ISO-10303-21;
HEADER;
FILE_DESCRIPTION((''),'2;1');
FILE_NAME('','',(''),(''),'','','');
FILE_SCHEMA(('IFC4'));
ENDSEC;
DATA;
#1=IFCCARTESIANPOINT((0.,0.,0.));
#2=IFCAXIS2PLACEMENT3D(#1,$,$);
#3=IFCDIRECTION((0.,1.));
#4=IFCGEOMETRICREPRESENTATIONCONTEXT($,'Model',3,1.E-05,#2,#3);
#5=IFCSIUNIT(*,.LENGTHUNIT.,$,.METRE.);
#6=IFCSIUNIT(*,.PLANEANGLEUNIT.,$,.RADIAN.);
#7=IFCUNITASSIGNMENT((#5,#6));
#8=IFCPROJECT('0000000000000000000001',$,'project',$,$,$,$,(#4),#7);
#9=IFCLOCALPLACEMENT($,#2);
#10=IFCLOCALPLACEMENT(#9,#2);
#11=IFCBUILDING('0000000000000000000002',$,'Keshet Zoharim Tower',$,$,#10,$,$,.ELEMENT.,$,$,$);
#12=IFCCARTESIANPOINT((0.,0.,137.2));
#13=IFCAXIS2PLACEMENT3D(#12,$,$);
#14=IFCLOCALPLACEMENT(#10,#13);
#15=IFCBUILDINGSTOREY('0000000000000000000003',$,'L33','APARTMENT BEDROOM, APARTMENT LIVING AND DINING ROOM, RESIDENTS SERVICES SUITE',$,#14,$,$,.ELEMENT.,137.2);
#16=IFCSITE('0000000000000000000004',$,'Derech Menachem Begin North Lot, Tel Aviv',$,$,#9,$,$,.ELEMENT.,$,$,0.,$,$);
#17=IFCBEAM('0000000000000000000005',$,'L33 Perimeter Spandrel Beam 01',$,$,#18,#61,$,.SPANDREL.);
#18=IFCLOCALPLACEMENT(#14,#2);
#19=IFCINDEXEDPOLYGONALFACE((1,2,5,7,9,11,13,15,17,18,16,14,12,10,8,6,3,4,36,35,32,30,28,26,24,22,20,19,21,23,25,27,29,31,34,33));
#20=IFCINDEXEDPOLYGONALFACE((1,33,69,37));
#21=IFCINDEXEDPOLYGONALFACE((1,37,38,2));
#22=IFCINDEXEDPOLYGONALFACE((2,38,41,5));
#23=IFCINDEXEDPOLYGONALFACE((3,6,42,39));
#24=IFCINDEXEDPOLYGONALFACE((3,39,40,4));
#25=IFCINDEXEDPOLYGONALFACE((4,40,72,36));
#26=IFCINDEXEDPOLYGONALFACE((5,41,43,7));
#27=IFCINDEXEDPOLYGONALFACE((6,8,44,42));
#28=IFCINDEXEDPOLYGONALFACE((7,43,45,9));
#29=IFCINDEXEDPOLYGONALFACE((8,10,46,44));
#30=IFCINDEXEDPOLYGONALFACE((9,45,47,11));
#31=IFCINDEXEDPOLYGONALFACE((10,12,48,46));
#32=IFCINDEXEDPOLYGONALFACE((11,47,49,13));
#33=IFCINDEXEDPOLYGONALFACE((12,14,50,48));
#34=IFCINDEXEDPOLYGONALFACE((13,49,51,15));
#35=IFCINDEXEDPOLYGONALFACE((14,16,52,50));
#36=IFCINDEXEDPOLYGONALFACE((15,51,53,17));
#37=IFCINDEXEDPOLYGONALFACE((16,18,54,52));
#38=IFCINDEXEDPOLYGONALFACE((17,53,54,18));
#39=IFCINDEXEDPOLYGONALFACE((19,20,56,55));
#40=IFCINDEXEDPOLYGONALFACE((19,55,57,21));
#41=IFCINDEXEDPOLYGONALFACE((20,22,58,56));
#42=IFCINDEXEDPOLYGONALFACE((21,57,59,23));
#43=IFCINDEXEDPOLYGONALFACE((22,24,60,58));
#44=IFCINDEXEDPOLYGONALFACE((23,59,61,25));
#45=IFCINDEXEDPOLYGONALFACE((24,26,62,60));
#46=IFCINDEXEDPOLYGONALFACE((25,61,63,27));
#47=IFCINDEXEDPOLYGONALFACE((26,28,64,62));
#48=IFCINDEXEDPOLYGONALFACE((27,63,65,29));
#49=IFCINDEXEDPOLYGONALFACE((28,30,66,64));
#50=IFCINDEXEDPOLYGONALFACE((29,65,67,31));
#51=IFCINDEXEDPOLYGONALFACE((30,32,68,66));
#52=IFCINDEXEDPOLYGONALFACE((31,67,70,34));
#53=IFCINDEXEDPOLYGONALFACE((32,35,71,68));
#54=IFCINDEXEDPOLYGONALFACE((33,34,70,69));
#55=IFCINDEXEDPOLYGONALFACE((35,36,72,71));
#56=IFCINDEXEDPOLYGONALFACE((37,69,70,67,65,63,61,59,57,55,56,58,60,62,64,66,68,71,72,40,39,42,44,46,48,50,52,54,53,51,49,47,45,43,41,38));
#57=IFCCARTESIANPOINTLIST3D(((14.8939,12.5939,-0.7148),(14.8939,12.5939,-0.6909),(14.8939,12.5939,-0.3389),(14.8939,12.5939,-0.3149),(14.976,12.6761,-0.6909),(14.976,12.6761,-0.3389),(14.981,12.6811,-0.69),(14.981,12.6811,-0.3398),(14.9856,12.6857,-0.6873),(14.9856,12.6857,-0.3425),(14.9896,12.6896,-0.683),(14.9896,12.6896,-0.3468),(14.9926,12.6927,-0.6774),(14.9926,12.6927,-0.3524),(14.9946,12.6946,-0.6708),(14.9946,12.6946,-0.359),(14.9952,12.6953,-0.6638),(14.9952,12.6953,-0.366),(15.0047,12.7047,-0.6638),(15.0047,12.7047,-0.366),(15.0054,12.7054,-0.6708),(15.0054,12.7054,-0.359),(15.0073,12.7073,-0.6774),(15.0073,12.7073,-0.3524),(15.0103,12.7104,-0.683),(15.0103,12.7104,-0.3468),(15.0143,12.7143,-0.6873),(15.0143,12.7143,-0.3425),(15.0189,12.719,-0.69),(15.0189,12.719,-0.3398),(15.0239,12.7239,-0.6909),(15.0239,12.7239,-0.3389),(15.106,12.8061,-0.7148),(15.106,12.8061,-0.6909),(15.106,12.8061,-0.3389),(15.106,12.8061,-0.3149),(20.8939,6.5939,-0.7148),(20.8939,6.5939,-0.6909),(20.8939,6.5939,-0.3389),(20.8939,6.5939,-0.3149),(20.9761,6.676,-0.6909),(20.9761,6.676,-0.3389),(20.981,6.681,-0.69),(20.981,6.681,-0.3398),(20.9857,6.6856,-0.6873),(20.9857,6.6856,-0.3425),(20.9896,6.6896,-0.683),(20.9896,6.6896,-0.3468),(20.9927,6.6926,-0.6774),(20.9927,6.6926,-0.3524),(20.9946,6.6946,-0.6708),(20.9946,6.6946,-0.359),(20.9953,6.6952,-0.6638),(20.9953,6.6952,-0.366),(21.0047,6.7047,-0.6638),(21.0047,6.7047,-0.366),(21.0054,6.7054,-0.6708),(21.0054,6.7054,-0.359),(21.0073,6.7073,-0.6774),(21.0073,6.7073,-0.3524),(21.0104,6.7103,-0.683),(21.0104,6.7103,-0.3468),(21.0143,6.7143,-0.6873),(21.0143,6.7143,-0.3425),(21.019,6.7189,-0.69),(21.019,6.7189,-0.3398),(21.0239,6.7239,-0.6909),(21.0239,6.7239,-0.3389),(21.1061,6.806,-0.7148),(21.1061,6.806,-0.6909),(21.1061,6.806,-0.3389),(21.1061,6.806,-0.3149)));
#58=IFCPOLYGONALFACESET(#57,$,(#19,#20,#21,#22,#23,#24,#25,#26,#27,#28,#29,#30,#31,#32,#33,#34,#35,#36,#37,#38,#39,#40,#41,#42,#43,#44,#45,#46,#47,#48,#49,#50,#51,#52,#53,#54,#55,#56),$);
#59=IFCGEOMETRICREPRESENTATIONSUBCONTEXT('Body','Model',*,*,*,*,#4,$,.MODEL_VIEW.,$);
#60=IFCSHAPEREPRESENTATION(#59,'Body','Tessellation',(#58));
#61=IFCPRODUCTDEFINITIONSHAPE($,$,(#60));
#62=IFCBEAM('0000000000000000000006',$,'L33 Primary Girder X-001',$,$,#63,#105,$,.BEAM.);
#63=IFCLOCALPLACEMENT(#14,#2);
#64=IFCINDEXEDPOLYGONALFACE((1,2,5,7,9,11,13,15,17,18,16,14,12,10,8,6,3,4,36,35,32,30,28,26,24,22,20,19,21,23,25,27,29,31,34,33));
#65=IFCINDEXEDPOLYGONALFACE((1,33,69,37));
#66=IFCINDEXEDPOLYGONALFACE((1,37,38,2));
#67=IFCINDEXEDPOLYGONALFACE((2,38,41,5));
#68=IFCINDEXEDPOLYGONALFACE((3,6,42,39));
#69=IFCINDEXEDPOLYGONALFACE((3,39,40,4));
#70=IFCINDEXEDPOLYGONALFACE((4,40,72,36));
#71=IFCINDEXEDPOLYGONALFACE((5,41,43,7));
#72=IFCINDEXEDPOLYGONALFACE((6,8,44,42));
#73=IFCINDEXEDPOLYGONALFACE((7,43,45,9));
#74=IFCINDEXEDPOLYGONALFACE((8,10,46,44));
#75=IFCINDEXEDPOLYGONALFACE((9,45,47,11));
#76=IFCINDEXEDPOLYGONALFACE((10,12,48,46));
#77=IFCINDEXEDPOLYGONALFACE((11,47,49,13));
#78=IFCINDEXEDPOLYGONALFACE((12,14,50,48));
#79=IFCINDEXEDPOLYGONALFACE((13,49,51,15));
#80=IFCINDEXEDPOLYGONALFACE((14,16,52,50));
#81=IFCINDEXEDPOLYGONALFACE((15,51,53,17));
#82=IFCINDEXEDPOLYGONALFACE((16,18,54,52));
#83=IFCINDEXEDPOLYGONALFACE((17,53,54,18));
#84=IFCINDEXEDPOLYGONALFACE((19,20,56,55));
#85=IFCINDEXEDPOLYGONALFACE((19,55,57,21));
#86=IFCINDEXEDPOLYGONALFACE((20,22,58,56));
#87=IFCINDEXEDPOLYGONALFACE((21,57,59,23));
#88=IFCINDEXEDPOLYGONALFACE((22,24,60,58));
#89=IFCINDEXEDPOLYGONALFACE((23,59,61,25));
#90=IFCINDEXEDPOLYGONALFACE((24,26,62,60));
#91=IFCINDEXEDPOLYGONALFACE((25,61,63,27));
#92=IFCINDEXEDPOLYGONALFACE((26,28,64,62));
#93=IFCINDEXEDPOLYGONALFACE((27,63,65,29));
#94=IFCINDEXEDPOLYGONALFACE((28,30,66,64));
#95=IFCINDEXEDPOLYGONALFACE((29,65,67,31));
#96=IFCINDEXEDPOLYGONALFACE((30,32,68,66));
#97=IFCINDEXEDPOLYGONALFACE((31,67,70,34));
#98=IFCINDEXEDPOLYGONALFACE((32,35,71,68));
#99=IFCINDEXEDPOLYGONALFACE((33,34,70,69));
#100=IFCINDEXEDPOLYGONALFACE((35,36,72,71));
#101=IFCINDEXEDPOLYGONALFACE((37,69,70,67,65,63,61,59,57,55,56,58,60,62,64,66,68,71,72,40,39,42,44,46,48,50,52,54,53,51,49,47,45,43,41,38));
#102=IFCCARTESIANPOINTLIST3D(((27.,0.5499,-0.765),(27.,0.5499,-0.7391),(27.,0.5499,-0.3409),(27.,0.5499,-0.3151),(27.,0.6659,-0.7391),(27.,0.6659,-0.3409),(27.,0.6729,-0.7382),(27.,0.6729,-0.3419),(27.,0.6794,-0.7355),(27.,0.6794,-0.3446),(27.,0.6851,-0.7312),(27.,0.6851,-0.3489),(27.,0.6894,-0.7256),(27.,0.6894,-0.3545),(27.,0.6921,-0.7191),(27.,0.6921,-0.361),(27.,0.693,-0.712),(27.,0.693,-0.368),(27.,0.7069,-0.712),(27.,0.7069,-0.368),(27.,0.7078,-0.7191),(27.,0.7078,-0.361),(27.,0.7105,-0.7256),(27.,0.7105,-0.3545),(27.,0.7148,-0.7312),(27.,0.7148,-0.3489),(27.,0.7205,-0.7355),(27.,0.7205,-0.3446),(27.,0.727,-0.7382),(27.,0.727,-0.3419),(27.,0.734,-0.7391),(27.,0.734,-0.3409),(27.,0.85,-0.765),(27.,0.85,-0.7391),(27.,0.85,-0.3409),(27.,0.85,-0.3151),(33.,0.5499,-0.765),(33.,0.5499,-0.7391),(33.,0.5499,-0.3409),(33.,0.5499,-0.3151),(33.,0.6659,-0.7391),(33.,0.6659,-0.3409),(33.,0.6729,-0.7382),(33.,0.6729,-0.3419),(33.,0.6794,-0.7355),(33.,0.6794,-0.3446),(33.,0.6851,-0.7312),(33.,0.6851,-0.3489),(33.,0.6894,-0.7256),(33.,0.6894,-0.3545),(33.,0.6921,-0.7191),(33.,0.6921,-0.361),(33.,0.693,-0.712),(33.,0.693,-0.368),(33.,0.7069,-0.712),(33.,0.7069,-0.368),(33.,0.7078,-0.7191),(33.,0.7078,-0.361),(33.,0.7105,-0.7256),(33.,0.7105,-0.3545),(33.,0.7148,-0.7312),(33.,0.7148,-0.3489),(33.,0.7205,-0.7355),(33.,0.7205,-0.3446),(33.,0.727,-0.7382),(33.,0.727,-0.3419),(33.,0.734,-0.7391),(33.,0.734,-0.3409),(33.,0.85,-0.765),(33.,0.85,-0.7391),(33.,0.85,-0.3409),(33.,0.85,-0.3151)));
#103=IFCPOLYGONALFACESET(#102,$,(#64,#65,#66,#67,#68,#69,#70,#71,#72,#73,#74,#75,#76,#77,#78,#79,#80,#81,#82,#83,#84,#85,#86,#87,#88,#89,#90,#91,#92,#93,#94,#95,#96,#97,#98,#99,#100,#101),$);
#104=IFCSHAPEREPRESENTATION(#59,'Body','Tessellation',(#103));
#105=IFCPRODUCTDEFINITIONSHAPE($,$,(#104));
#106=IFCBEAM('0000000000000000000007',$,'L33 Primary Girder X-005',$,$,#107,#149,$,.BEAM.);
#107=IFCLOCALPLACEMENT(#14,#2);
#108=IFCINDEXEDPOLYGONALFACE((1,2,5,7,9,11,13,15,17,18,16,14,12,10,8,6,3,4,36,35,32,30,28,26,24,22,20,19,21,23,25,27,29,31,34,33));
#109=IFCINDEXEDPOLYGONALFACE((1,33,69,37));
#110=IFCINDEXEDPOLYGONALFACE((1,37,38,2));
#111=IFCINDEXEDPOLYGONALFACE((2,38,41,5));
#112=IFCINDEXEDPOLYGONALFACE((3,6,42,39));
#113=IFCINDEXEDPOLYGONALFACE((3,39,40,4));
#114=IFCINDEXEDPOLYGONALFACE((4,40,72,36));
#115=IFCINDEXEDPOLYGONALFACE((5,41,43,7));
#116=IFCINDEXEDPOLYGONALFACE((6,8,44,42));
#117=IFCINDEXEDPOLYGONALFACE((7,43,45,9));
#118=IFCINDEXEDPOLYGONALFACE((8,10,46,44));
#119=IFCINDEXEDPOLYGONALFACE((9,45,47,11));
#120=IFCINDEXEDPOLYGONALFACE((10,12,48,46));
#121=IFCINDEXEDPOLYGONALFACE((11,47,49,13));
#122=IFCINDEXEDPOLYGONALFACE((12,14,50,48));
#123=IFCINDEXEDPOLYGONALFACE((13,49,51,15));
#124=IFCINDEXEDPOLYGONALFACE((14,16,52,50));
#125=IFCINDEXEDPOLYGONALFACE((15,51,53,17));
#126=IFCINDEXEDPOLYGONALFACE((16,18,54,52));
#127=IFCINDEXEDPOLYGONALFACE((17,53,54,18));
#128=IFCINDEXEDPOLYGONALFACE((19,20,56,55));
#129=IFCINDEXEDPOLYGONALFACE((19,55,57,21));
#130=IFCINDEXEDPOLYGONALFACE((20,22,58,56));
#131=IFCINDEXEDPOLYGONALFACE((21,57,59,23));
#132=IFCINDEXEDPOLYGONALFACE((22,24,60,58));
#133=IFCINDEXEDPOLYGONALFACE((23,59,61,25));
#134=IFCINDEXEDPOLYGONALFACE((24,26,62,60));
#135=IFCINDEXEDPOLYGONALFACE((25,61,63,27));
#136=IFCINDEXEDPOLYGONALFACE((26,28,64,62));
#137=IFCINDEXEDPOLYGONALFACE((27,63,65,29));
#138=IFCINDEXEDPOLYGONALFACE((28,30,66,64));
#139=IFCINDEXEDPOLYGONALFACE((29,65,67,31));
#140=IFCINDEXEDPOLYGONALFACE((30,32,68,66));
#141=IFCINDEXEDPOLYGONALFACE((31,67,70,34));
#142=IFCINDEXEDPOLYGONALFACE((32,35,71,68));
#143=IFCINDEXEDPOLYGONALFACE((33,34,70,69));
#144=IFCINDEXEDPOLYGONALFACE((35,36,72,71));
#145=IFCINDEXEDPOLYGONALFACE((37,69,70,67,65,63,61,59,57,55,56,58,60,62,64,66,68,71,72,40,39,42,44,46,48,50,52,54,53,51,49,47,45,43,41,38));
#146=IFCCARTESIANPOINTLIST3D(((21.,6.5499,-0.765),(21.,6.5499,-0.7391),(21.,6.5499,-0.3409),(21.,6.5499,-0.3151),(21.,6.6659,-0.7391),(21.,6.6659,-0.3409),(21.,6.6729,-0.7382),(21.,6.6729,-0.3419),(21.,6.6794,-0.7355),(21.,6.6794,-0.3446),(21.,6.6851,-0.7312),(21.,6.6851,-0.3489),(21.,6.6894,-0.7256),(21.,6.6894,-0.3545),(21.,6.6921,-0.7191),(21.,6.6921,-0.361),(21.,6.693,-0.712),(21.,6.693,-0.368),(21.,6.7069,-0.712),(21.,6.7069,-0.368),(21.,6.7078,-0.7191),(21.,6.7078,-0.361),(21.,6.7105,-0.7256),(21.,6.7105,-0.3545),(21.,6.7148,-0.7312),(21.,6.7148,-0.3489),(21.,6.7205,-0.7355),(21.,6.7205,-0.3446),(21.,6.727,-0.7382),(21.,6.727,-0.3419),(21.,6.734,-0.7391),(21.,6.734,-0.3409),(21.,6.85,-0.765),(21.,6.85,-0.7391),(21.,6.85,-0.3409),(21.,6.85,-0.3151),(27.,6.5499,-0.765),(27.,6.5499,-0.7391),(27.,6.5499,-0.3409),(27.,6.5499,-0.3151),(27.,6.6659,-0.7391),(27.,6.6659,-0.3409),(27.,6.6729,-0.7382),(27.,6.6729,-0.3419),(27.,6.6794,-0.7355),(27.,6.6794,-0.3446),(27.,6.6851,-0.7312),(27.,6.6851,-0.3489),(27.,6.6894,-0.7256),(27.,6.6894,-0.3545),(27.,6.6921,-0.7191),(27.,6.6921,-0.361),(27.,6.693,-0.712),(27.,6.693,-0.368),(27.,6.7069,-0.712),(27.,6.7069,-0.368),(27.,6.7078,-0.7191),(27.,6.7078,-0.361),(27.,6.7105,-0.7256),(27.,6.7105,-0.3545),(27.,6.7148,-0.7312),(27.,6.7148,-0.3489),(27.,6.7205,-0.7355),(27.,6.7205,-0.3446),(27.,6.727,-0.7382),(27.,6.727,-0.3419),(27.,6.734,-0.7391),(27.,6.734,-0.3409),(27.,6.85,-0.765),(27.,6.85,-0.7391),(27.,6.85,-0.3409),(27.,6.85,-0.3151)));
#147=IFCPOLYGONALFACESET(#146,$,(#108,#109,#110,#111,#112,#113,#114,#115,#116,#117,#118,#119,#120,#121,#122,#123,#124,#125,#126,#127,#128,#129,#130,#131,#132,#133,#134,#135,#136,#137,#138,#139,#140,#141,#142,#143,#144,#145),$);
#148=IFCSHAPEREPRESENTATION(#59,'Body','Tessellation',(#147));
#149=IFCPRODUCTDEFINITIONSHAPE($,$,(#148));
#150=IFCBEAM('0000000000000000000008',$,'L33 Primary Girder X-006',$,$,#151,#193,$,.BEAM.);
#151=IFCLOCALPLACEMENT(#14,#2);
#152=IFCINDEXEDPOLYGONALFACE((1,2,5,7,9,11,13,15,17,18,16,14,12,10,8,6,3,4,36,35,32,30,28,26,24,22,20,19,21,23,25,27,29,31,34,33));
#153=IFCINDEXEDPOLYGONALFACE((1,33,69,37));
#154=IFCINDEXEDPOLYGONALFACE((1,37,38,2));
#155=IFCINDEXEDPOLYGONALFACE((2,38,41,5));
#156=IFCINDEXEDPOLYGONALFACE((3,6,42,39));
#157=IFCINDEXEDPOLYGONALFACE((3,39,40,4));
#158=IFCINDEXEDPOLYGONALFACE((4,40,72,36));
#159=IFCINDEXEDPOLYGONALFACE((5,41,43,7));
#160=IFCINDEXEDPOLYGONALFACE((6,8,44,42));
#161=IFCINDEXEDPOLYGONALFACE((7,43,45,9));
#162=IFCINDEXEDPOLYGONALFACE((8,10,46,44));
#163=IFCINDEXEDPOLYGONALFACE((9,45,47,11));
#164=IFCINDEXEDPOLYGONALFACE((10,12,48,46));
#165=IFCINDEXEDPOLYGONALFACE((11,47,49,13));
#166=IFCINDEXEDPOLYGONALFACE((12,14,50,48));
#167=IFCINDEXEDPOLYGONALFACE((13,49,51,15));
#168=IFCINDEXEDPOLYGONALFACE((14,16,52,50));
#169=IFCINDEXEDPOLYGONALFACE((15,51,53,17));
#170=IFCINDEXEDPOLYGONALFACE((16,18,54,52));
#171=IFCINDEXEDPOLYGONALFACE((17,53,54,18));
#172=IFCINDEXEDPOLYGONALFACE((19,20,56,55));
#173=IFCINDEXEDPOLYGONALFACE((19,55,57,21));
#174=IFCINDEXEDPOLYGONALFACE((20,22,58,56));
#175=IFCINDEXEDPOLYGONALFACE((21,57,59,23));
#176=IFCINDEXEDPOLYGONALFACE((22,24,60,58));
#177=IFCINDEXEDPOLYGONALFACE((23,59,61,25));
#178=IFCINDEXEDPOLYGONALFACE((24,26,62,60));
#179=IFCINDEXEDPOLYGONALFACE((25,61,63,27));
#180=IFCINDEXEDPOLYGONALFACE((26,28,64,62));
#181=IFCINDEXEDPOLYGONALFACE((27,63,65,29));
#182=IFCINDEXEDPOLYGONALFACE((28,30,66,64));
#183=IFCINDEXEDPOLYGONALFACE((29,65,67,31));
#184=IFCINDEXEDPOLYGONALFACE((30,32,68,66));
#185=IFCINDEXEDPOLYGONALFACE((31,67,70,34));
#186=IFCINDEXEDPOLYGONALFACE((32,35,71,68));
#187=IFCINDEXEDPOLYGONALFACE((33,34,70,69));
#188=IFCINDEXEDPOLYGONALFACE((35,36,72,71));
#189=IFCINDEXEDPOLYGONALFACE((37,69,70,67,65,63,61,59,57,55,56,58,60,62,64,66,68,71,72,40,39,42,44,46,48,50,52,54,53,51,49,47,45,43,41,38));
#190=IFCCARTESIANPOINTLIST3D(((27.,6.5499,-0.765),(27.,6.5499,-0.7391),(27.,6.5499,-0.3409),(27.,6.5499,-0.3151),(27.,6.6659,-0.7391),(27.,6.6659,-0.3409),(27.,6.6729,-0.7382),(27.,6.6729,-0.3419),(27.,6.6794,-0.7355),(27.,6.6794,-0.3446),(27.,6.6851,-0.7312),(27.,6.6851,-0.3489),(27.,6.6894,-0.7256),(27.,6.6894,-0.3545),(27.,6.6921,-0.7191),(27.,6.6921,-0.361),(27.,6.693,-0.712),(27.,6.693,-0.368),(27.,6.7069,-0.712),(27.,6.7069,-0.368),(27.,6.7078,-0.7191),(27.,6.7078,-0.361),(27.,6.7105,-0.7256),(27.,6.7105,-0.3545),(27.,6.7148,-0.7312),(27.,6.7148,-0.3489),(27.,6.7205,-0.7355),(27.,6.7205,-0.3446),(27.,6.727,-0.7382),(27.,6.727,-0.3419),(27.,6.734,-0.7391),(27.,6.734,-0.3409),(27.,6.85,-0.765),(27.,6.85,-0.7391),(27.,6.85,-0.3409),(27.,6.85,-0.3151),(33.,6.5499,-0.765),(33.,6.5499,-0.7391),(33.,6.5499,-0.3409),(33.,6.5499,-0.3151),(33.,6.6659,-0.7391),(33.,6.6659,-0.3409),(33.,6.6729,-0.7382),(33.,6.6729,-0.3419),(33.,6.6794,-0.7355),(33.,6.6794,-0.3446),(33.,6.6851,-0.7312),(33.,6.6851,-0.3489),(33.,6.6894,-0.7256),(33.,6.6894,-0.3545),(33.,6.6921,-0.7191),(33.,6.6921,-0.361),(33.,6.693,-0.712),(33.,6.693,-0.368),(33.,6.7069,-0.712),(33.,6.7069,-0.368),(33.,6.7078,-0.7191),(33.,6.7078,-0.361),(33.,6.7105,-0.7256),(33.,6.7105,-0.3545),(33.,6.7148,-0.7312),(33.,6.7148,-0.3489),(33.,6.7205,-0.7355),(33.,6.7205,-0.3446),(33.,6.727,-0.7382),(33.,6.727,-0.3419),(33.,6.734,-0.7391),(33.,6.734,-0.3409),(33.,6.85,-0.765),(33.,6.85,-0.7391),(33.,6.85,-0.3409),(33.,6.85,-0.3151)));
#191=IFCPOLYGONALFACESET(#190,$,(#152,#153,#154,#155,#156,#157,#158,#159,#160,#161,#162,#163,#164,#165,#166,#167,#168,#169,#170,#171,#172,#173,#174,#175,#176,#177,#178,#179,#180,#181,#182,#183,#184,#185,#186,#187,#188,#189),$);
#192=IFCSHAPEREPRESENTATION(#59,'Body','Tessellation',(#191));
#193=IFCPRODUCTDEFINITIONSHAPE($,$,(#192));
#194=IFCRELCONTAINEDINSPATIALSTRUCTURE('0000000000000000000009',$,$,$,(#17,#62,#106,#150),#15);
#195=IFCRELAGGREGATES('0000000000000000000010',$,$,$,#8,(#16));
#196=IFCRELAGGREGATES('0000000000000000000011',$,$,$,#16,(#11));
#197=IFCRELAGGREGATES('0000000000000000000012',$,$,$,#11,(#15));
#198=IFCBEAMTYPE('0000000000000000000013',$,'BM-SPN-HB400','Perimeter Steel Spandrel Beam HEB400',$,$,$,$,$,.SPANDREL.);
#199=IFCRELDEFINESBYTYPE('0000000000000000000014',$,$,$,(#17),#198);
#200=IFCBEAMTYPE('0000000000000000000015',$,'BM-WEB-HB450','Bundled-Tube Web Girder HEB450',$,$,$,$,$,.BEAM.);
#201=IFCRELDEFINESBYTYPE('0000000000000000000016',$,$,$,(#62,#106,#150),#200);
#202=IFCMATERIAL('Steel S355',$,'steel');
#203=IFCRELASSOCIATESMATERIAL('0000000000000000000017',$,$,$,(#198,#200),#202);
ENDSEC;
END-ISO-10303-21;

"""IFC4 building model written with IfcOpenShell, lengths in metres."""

from ifc_helpers import new_model, si_unit, direction, frame, origin, origin_2d, place, context, subcontext, project, spatial, i_section, extrude, material, material_profile, profile_set, type_object, element, save


model = new_model("IFC4")

# Units and contexts
model_context = context("Model", 3, precision=1e-05, world=origin(), true_north=direction((0.0, 1.0)))
body_context = subcontext(model_context, "Body", "Model", "MODEL_VIEW")
ifc_project = project(units=[si_unit("LENGTHUNIT", "METRE"), si_unit("PLANEANGLEUNIT", "RADIAN")], contexts=[model_context])

# Site, building, storey
site_placement = place(None, origin())
site = spatial("IfcSite", under=ifc_project, at=site_placement, Name="Derech Menachem Begin North Lot, Tel Aviv", CompositionType="ELEMENT", RefElevation=0.0)
building_placement = place(site_placement, origin())
building = spatial("IfcBuilding", under=site, at=building_placement, Name="Keshet Zoharim Tower", CompositionType="ELEMENT")
storey_placement = place(building_placement, frame((0.0, 0.0, 137.2)))
storey = spatial("IfcBuildingStorey", under=building, at=storey_placement, Name="L33", Description="APARTMENT BEDROOM, APARTMENT LIVING AND DINING ROOM, RESIDENTS SERVICES SUITE", CompositionType="ELEMENT", Elevation=137.2)

# Shared definitions
ifc_material_1 = material(Name="Steel S355", Category="steel")

# Beams
ifc_material_profile_1 = material_profile(ifc_material_1, i_section(OverallWidth=0.3, OverallDepth=0.3999, WebThickness=0.0134, FlangeThickness=0.0239, FilletRadius=0.0271, at=origin_2d()), Name="HEB400")
ifc_profile_set_1 = profile_set([ifc_material_profile_1], Name="Steel S355")
beam_type_1 = type_object("IfcBeamType", Name="BM-SPN-HB400", Description="Perimeter Steel Spandrel Beam HEB400", PredefinedType="SPANDREL", material=ifc_profile_set_1)
beam_1_placement = place(storey_placement, frame((21.0, 6.7, -0.5149), z_axis=(-0.707107, 0.707107, 0.0), x_axis=(-0.707107, -0.707107, 0.0)))
element("IfcBeam", 1, at=beam_1_placement, inside=storey, type_object=beam_type_1, Name="L33 Perimeter Spandrel Beam 01", PredefinedType="SPANDREL", context=body_context, shape_type="SweptSolid", body=[
    extrude(i_section(OverallWidth=0.3, OverallDepth=0.3999, WebThickness=0.0134, FlangeThickness=0.0239, FilletRadius=0.0271, at=origin_2d()), origin(), (0.0, 0.0, 1.0), 8.4854),
])
ifc_material_profile_2 = material_profile(ifc_material_1, i_section(OverallWidth=0.3, OverallDepth=0.45, WebThickness=0.0139, FlangeThickness=0.0259, FilletRadius=0.0271, at=origin_2d()), Name="HEB450")
ifc_profile_set_2 = profile_set([ifc_material_profile_2], Name="Steel S355")
beam_type_2 = type_object("IfcBeamType", Name="BM-WEB-HB450", Description="Bundled-Tube Web Girder HEB450", PredefinedType="BEAM", material=ifc_profile_set_2)
for number, where, z_axis, x_axis, name in (
    (2, (27.0, 0.7, -0.54), (1.0, 0.0, 0.0), (0.0, 1.0, 0.0), "L33 Primary Girder X-001"),
    (3, (21.0, 6.7, -0.54), (1.0, 0.0, 0.0), (0.0, 1.0, 0.0), "L33 Primary Girder X-005"),
    (4, (27.0, 6.7, -0.54), (1.0, 0.0, 0.0), (0.0, 1.0, 0.0), "L33 Primary Girder X-006"),
):
    element("IfcBeam", number, at=place(storey_placement, frame(where, z_axis=z_axis, x_axis=x_axis)), inside=storey, type_object=beam_type_2, Name=name, PredefinedType="BEAM", context=body_context, shape_type="SweptSolid", body=[
        extrude(i_section(OverallWidth=0.3, OverallDepth=0.45, WebThickness=0.0139, FlangeThickness=0.0259, FilletRadius=0.0271, at=origin_2d()), origin(), (0.0, 0.0, 1.0), 6.0),
    ])

save(model, "model.ifc")
